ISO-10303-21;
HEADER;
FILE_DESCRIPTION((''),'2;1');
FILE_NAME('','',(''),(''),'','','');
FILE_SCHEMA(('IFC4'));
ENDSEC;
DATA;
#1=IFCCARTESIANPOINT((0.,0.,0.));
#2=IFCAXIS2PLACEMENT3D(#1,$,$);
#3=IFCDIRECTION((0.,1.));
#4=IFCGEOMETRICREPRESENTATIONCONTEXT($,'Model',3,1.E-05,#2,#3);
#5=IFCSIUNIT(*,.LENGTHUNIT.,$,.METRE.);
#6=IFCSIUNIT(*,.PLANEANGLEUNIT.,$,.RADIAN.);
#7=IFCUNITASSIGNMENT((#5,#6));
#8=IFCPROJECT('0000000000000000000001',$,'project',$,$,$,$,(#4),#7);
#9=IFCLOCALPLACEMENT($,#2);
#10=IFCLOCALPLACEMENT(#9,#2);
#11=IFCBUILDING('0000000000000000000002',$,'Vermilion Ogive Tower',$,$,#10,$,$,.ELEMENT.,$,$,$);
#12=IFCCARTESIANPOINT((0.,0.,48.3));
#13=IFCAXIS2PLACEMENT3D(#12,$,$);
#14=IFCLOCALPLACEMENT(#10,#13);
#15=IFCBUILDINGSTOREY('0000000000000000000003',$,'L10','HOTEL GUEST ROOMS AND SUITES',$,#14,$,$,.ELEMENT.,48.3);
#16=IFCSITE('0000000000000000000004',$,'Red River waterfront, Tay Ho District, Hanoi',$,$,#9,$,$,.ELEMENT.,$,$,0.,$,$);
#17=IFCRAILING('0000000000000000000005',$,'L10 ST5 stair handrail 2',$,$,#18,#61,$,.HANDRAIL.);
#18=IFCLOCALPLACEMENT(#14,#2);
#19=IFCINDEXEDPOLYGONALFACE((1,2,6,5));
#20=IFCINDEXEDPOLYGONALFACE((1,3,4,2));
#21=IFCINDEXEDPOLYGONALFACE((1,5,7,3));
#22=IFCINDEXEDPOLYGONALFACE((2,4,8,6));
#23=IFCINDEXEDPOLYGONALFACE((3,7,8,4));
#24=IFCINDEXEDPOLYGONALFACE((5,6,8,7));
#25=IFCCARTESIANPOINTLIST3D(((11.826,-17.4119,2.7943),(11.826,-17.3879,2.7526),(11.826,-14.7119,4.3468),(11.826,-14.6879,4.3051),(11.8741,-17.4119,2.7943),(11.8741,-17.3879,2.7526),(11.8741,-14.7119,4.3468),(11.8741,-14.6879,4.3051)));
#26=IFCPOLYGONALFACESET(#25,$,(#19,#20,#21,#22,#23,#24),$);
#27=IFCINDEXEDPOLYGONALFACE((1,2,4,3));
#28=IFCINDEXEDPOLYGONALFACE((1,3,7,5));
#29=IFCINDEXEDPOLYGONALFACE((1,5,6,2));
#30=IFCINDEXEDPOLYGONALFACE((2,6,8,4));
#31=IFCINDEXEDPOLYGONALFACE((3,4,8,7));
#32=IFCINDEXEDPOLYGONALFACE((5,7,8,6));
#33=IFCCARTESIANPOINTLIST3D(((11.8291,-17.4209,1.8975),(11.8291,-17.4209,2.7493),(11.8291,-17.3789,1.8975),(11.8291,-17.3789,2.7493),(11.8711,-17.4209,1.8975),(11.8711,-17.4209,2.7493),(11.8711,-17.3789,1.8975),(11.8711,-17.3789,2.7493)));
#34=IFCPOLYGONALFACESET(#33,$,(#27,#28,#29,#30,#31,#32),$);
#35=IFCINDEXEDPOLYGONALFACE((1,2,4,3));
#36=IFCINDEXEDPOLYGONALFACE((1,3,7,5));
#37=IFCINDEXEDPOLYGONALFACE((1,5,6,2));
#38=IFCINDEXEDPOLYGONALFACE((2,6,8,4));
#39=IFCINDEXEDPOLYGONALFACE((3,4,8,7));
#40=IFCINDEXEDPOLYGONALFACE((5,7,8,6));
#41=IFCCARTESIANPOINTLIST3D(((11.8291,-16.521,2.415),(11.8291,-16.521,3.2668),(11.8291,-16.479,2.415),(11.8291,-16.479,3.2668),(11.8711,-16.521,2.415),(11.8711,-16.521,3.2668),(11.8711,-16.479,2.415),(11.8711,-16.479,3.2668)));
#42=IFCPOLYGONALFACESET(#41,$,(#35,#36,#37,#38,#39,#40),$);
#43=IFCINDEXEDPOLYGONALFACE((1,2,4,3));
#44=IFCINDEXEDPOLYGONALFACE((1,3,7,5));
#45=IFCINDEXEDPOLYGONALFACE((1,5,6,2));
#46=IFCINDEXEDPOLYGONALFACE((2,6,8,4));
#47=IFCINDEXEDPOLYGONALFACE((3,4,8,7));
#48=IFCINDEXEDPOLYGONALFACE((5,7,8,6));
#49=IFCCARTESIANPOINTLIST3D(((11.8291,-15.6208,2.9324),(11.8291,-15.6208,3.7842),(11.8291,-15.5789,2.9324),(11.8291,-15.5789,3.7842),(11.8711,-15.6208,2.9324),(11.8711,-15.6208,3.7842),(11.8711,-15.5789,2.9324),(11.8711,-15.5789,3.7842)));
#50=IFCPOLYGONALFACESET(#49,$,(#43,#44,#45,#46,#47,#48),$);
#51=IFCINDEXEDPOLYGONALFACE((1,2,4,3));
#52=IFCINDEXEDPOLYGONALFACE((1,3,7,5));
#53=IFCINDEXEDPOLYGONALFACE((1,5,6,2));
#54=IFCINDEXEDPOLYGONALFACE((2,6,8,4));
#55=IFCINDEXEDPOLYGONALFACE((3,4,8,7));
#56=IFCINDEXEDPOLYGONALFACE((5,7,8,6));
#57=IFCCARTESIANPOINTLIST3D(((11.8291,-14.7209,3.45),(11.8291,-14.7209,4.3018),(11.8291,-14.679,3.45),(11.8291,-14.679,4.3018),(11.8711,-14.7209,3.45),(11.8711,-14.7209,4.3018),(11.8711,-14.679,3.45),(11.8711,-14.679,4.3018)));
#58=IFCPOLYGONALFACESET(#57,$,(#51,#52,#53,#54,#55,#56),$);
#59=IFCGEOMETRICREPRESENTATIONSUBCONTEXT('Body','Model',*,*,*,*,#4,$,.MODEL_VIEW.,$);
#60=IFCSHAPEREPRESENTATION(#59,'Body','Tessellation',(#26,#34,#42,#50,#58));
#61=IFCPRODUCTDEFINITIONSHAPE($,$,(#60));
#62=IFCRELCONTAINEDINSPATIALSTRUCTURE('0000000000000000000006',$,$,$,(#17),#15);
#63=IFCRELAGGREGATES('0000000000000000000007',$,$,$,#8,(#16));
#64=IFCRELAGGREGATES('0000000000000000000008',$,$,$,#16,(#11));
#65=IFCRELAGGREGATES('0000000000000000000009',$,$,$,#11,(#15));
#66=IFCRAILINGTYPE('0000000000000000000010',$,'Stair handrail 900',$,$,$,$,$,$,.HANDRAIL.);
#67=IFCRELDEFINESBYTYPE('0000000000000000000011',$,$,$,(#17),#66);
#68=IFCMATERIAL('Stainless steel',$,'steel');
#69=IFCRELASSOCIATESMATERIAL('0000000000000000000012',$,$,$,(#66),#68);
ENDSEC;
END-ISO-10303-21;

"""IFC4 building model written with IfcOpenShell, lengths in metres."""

from ifc_helpers import new_model, si_unit, direction, frame, origin, origin_2d, place, context, subcontext, project, spatial, rectangle, extrude, material, type_object, element, save


model = new_model("IFC4")

# Units and contexts
model_context = context("Model", 3, precision=1e-05, world=origin(), true_north=direction((0.0, 1.0)))
body_context = subcontext(model_context, "Body", "Model", "MODEL_VIEW")
ifc_project = project(units=[si_unit("LENGTHUNIT", "METRE"), si_unit("PLANEANGLEUNIT", "RADIAN")], contexts=[model_context])

# Site, building, storey
site_placement = place(None, origin())
site = spatial("IfcSite", under=ifc_project, at=site_placement, Name="Red River waterfront, Tay Ho District, Hanoi", CompositionType="ELEMENT", RefElevation=0.0)
building_placement = place(site_placement, origin())
building = spatial("IfcBuilding", under=site, at=building_placement, Name="Vermilion Ogive Tower", CompositionType="ELEMENT")
storey_placement = place(building_placement, frame((0.0, 0.0, 48.3)))
storey = spatial("IfcBuildingStorey", under=building, at=storey_placement, Name="L10", Description="HOTEL GUEST ROOMS AND SUITES", CompositionType="ELEMENT", Elevation=48.3)

# Railing
ifc_material_1 = material(Name="Stainless steel", Category="steel")
railing_type_1 = type_object("IfcRailingType", Name="Stair handrail 900", PredefinedType="HANDRAIL", material=ifc_material_1)
railing_1_placement = place(storey_placement, frame((11.8501, -17.3999, 1.8975)))
element("IfcRailing", 1, at=railing_1_placement, inside=storey, type_object=railing_type_1, Name="L10 ST5 stair handrail 2", PredefinedType="HANDRAIL", context=body_context, shape_type="SweptSolid", body=[
    extrude(rectangle(XDim=0.0481, YDim=0.0481, at=origin_2d()), frame((0.0, 0.0, 0.876), z_axis=(0.0, 0.866904, 0.498476), x_axis=(-1.0, 0.0, 0.0)), (0.0, 0.0, 1.0), 3.1145),
    extrude(rectangle(XDim=0.042, YDim=0.042, at=origin_2d()), origin(), (0.0, 0.0, 1.0), 0.8518),
    extrude(rectangle(XDim=0.042, YDim=0.042, at=origin_2d()), frame((0.0, 0.8999, 0.5176)), (0.0, 0.0, 1.0), 0.8518),
    extrude(rectangle(XDim=0.042, YDim=0.042, at=origin_2d()), frame((0.0, 1.8, 1.0349)), (0.0, 0.0, 1.0), 0.8518),
    extrude(rectangle(XDim=0.042, YDim=0.042, at=origin_2d()), frame((0.0, 2.7, 1.5525)), (0.0, 0.0, 1.0), 0.8518),
])

save(model, "model.ifc")
